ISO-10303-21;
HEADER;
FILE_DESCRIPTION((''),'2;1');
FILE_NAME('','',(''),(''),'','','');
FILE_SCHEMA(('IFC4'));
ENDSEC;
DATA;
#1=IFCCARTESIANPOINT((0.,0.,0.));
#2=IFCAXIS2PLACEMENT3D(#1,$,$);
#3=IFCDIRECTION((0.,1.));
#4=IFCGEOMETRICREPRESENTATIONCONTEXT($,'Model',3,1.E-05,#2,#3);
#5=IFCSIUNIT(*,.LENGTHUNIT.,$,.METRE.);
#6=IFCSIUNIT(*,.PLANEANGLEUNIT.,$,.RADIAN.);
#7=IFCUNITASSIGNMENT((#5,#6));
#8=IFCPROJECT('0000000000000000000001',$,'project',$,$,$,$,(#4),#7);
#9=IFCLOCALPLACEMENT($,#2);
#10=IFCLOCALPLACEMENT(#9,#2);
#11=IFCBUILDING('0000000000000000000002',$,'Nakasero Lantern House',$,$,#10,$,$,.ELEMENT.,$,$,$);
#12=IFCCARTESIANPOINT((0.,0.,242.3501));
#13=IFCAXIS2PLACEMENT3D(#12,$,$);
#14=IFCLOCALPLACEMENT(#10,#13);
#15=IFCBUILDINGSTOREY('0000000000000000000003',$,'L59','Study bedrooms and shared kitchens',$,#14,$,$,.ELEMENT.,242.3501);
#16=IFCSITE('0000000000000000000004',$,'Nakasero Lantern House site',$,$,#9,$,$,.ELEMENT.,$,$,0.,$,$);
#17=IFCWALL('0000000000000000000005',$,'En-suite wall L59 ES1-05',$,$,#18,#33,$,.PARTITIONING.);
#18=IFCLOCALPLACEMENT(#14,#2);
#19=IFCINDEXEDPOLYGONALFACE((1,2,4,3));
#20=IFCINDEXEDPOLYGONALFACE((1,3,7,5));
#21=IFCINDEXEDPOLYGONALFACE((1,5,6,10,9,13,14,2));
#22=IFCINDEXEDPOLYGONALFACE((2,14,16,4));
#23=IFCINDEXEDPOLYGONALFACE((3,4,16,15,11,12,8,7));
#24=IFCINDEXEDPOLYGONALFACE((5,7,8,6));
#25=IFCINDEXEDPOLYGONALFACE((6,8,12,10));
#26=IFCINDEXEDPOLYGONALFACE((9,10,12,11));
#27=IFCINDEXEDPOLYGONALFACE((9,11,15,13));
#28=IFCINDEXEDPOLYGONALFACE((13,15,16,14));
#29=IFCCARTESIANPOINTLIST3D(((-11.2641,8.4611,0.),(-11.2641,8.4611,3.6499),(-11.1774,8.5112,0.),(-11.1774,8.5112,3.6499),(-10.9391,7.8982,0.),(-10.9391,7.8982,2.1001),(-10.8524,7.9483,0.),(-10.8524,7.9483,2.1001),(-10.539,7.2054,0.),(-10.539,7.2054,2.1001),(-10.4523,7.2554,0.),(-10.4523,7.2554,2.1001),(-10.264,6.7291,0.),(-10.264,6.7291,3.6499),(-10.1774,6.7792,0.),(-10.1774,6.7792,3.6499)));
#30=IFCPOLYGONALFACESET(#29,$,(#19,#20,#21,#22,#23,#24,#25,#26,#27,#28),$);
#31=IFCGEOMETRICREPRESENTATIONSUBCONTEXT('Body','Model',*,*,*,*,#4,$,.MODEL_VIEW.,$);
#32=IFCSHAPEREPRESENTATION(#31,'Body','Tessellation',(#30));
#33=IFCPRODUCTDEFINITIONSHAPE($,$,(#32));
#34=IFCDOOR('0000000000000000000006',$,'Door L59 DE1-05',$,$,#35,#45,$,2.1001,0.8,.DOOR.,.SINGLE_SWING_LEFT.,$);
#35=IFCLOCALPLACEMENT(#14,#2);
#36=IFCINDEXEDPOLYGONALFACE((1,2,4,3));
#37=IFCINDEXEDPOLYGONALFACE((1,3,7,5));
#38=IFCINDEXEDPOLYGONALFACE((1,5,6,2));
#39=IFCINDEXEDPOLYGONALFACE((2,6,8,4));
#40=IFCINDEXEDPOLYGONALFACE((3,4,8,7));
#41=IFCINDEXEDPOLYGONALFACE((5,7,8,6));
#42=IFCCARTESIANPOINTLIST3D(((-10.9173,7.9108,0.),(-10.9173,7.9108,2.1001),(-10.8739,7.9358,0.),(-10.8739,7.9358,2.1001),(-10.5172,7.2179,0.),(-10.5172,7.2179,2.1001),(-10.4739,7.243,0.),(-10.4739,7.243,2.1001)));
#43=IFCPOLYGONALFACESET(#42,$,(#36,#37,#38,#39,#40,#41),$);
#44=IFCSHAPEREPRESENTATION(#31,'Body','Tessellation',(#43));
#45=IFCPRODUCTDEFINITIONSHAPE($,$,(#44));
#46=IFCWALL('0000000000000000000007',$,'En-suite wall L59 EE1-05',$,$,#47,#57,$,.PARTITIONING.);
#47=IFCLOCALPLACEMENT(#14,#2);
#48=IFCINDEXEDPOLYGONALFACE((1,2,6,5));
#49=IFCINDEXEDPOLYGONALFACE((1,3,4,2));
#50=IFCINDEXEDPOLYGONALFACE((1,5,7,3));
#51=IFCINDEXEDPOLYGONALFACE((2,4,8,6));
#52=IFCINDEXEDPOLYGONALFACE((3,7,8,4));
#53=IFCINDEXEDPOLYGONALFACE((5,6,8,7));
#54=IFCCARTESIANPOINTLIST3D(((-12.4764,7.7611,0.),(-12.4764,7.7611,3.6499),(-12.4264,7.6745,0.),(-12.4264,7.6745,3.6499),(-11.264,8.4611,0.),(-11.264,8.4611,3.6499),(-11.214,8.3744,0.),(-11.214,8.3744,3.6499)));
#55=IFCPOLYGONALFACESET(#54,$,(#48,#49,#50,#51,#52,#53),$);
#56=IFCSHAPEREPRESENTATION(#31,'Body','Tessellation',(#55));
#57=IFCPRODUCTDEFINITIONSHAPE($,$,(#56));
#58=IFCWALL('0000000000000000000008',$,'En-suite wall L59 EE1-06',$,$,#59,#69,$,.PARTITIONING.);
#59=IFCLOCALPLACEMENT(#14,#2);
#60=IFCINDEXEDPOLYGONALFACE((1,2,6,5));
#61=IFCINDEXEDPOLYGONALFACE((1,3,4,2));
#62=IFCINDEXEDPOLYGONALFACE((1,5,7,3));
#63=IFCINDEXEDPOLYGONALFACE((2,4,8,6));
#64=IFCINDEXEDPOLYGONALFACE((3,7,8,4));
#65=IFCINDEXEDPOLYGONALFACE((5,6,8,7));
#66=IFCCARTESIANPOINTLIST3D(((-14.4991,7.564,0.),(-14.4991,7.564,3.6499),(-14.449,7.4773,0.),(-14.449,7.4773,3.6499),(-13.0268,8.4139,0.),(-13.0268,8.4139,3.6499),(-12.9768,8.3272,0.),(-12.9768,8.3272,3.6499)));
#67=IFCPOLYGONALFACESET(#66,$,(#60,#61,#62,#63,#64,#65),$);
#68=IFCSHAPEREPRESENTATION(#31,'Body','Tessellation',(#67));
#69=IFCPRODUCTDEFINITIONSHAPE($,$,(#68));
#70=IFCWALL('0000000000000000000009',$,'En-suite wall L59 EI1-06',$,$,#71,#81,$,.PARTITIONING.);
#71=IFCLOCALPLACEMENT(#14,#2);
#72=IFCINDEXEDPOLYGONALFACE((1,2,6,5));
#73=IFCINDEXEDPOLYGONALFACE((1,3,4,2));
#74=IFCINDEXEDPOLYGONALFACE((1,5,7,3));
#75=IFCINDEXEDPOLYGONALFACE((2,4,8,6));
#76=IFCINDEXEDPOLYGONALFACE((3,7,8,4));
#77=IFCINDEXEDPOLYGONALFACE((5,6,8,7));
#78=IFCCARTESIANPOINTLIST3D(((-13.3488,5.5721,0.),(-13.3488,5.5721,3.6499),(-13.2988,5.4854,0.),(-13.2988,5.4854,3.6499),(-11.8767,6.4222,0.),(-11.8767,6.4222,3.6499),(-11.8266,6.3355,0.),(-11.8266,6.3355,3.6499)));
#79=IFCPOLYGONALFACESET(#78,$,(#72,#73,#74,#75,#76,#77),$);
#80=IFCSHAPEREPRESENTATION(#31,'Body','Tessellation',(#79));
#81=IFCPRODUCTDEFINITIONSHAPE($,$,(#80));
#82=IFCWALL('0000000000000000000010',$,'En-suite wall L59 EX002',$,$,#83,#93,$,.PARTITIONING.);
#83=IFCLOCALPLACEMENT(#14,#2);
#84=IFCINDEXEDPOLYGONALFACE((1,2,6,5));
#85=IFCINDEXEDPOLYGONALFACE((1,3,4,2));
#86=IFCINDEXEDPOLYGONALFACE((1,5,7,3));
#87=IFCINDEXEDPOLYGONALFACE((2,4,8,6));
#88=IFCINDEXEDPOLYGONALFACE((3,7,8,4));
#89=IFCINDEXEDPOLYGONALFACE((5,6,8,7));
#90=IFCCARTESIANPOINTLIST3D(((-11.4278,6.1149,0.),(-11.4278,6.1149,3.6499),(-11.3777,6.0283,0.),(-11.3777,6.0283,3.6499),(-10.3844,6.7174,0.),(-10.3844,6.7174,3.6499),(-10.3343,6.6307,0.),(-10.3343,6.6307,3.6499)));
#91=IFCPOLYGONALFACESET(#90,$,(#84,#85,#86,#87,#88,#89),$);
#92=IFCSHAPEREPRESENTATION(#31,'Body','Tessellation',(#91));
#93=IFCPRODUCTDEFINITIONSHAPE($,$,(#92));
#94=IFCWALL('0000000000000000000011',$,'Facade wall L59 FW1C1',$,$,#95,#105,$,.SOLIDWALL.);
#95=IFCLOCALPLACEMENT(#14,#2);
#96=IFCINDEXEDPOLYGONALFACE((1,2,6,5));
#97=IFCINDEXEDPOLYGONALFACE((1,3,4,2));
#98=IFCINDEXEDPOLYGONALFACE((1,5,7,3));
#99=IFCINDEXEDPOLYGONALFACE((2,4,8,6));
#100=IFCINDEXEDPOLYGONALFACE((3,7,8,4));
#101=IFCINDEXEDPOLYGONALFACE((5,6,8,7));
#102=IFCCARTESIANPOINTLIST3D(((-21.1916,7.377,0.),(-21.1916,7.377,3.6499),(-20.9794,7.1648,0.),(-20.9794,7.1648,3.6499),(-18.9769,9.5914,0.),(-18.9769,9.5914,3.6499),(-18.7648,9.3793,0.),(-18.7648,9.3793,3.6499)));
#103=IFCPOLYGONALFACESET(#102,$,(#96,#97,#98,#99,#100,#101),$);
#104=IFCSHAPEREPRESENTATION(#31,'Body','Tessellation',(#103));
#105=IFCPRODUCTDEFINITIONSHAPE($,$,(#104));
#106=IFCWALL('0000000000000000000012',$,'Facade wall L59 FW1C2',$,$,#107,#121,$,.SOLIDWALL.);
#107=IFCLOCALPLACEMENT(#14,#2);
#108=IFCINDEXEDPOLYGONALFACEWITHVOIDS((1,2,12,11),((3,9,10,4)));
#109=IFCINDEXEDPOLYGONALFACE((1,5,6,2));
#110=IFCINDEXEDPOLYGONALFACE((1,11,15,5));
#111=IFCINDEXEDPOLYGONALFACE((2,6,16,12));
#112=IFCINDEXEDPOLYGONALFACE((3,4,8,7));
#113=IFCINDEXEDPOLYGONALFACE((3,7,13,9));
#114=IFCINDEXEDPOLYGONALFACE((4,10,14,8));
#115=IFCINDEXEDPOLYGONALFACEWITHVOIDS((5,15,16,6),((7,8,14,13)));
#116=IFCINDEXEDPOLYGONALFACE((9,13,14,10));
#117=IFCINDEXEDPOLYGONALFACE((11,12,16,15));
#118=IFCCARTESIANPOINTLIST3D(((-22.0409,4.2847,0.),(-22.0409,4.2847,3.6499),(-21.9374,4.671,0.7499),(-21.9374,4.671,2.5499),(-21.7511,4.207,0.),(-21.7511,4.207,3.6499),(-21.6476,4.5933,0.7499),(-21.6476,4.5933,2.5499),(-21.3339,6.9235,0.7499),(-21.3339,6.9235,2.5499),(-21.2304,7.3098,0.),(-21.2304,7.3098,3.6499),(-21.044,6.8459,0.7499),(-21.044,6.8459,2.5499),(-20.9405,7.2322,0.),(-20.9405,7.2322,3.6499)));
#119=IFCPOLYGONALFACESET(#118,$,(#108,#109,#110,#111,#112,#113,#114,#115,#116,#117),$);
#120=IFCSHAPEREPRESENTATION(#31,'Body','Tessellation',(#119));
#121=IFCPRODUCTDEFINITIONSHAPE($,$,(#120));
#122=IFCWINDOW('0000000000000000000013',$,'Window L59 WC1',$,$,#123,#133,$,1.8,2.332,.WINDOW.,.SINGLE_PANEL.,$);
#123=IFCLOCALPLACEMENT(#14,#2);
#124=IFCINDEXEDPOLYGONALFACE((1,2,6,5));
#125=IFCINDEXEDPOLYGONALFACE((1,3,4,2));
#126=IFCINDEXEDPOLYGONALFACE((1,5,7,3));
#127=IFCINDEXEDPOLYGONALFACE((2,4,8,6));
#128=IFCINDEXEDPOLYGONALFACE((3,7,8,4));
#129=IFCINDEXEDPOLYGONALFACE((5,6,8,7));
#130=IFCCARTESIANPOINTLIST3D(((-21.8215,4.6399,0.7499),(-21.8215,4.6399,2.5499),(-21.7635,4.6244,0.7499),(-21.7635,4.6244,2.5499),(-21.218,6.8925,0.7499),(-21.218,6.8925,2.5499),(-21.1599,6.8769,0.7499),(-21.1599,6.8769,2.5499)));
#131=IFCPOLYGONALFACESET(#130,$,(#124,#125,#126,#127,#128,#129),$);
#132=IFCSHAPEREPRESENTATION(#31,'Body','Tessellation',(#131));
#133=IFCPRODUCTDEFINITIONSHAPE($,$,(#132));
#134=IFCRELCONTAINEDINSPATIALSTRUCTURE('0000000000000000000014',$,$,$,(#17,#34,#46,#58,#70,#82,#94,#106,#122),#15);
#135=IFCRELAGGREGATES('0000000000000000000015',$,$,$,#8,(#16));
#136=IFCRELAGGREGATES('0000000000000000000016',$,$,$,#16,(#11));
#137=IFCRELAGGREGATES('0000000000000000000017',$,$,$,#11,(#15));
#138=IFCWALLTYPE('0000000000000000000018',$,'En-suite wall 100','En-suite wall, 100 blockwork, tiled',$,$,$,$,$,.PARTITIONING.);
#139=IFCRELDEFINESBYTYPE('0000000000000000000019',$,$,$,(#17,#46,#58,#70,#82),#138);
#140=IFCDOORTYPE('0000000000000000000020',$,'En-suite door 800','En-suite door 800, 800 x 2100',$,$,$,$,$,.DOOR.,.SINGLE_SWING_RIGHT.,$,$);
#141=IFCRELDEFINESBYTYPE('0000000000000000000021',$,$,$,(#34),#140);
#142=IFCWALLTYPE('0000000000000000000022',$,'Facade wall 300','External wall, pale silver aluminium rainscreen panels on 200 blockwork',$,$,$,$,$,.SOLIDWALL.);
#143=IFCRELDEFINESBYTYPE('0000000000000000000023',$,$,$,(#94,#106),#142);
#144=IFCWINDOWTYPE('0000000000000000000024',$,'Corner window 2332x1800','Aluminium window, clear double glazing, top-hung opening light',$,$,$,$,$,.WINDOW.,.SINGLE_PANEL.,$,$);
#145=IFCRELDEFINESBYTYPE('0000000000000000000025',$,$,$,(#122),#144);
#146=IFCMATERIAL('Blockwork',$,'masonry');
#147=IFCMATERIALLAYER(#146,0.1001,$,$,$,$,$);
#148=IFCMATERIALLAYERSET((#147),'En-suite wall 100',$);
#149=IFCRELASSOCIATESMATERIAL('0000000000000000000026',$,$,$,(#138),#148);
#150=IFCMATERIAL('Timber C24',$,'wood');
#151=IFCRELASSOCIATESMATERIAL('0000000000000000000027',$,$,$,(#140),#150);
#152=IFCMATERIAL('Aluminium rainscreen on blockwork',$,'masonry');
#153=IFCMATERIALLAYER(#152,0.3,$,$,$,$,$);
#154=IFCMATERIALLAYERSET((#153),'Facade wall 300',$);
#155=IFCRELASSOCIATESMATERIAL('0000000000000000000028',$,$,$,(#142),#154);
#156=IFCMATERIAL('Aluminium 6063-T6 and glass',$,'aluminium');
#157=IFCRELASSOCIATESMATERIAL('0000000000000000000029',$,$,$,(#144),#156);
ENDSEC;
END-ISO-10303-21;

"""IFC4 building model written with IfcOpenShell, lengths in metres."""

from ifc_helpers import new_model, si_unit, direction, frame, frame_2d, origin, place, context, subcontext, project, spatial, rectangle, extrude, material, layer, layer_set, type_object, element, fill, save


model = new_model("IFC4")

# Units and contexts
model_context = context("Model", 3, precision=1e-05, world=origin(), true_north=direction((0.0, 1.0)))
body_context = subcontext(model_context, "Body", "Model", "MODEL_VIEW")
ifc_project = project(units=[si_unit("LENGTHUNIT", "METRE"), si_unit("PLANEANGLEUNIT", "RADIAN")], contexts=[model_context])

# Site, building, storey
site_placement = place(None, origin())
site = spatial("IfcSite", under=ifc_project, at=site_placement, Name="Nakasero Lantern House site", CompositionType="ELEMENT", RefElevation=0.0)
building_placement = place(site_placement, origin())
building = spatial("IfcBuilding", under=site, at=building_placement, Name="Nakasero Lantern House", CompositionType="ELEMENT")
storey_placement = place(building_placement, frame((0.0, 0.0, 242.3501)))
storey = spatial("IfcBuildingStorey", under=building, at=storey_placement, Name="L59", Description="Study bedrooms and shared kitchens", CompositionType="ELEMENT", Elevation=242.3501)

# Wall, opening, door
ifc_material_1 = material(Name="Blockwork", Category="masonry")
ifc_layer_1 = layer(ifc_material_1, 0.1001)
ifc_layer_set_1 = layer_set([ifc_layer_1], Name="En-suite wall 100")
wall_type_1 = type_object("IfcWallType", Name="En-suite wall 100", Description="En-suite wall, 100 blockwork, tiled", PredefinedType="PARTITIONING", material=ifc_layer_set_1)
wall_1_placement = place(storey_placement, frame((-10.2207, 6.7542, 0.0), z_axis=(0.0, 0.0, 1.0), x_axis=(-0.500025, 0.866011, 0.0)))
wall_1 = element("IfcWall", 1, at=wall_1_placement, inside=storey, type_object=wall_type_1, Name="En-suite wall L59 ES1-05", PredefinedType="PARTITIONING", context=body_context, shape_type="SweptSolid", body=[
    extrude(rectangle(XDim=2.0, YDim=0.1001, at=frame_2d((1.0, 0.0))), origin(), (0.0, 0.0, 1.0), 3.6499),
])
opening_1_placement = place(wall_1_placement, frame((0.55, 0.0, 0.0)))
opening_1 = element("IfcOpeningElement", 2, at=opening_1_placement, cuts=wall_1, PredefinedType="OPENING", context=body_context, shape_type="SweptSolid", body=[
    extrude(rectangle(XDim=0.8, YDim=2.1001, at=frame_2d((0.3999, 1.05))), frame((0.0, 0.0701, 0.0), z_axis=(0.0, -1.0, 0.0), x_axis=(1.0, 0.0, 0.0)), (0.0, 0.0, 1.0), 0.1401),
])
ifc_material_2 = material(Name="Timber C24", Category="wood")
door_type_1 = type_object("IfcDoorType", Name="En-suite door 800", Description="En-suite door 800, 800 x 2100", OperationType="SINGLE_SWING_RIGHT", PredefinedType="DOOR", material=ifc_material_2)
door_1_placement = place(opening_1_placement, origin())
door_1 = element("IfcDoor", 3, at=door_1_placement, inside=storey, type_object=door_type_1, Name="Door L59 DE1-05", OperationType="SINGLE_SWING_LEFT", OverallHeight=2.1001, OverallWidth=0.8, PredefinedType="DOOR", context=body_context, shape_type="SweptSolid", body=[
    extrude(rectangle(XDim=0.8, YDim=2.1001, at=frame_2d((0.3999, 1.05))), frame((0.0, 0.0249, 0.0), z_axis=(0.0, -1.0, 0.0), x_axis=(1.0, 0.0, 0.0)), (0.0, 0.0, 1.0), 0.05),
])
fill(opening_1, door_1)

# Walls
wall_2_placement = place(storey_placement, frame((-11.239, 8.4177, 0.0), z_axis=(0.0, 0.0, 1.0), x_axis=(-0.866035, -0.499984, 0.0)))
element("IfcWall", 4, at=wall_2_placement, inside=storey, type_object=wall_type_1, Name="En-suite wall L59 EE1-05", PredefinedType="PARTITIONING", context=body_context, shape_type="SweptSolid", body=[
    extrude(rectangle(XDim=1.3999, YDim=0.1001, at=frame_2d((0.7, 0.0))), origin(), (0.0, 0.0, 1.0), 3.6499),
])
for number, where, z_axis, x_axis, name in (
    (5, (-13.0017, 8.3706, 0.0), (0.0, 0.0, 1.0), (-0.866052, -0.499955, 0.0), "En-suite wall L59 EE1-06"),
    (6, (-11.8516, 6.3789, 0.0), (0.0, 0.0, 1.0), (-0.865989, -0.500062, 0.0), "En-suite wall L59 EI1-06"),
):
    element("IfcWall", number, at=place(storey_placement, frame(where, z_axis=z_axis, x_axis=x_axis)), inside=storey, type_object=wall_type_1, Name=name, PredefinedType="PARTITIONING", context=body_context, shape_type="SweptSolid", body=[
        extrude(rectangle(XDim=1.7, YDim=0.1001, at=frame_2d((0.8501, 0.0))), origin(), (0.0, 0.0, 1.0), 3.6499),
    ])
wall_3_placement = place(storey_placement, frame((-11.4028, 6.0715, 0.0), z_axis=(0.0, 0.0, 1.0), x_axis=(0.86599, 0.500062, 0.0)))
element("IfcWall", 7, at=wall_3_placement, inside=storey, type_object=wall_type_1, Name="En-suite wall L59 EX002", PredefinedType="PARTITIONING", context=body_context, shape_type="SweptSolid", body=[
    extrude(rectangle(XDim=1.2048, YDim=0.1001, at=frame_2d((0.6025, 0.0))), origin(), (0.0, 0.0, 1.0), 3.6499),
])
ifc_material_3 = material(Name="Aluminium rainscreen on blockwork", Category="masonry")
ifc_layer_2 = layer(ifc_material_3, 0.3)
ifc_layer_set_2 = layer_set([ifc_layer_2], Name="Facade wall 300")
wall_type_2 = type_object("IfcWallType", Name="Facade wall 300", Description="External wall, pale silver aluminium rainscreen panels on 200 blockwork", PredefinedType="SOLIDWALL", material=ifc_layer_set_2)
wall_4_placement = place(storey_placement, frame((-18.8708, 9.4854, 0.0), z_axis=(0.0, 0.0, 1.0), x_axis=(-0.707146, -0.707068, 0.0)))
element("IfcWall", 8, at=wall_4_placement, inside=storey, type_object=wall_type_2, Name="Facade wall L59 FW1C1", PredefinedType="SOLIDWALL", context=body_context, shape_type="SweptSolid", body=[
    extrude(rectangle(XDim=3.1318, YDim=0.3, at=frame_2d((1.5659, 0.0))), origin(), (0.0, 0.0, 1.0), 3.6499),
])

# Wall, opening, window
wall_5_placement = place(storey_placement, frame((-21.0854, 7.271, 0.0), z_axis=(0.0, 0.0, 1.0), x_axis=(-0.258808, -0.965929, 0.0)))
wall_5 = element("IfcWall", 9, at=wall_5_placement, inside=storey, type_object=wall_type_2, Name="Facade wall L59 FW1C2", PredefinedType="SOLIDWALL", context=body_context, shape_type="SweptSolid", body=[
    extrude(rectangle(XDim=3.1318, YDim=0.3, at=frame_2d((1.5659, 0.0))), origin(), (0.0, 0.0, 1.0), 3.6499),
])
opening_2_placement = place(wall_5_placement, frame((0.3999, 0.0, 0.75)))
opening_2 = element("IfcOpeningElement", 10, at=opening_2_placement, cuts=wall_5, PredefinedType="OPENING", context=body_context, shape_type="SweptSolid", body=[
    extrude(rectangle(XDim=2.332, YDim=1.8, at=frame_2d((1.166, 0.8999))), frame((0.0, 0.1699, 0.0), z_axis=(0.0, -1.0, 0.0), x_axis=(1.0, 0.0, 0.0)), (0.0, 0.0, 1.0), 0.3401),
])
ifc_material_4 = material(Name="Aluminium 6063-T6 and glass", Category="aluminium")
window_type = type_object("IfcWindowType", Name="Corner window 2332x1800", Description="Aluminium window, clear double glazing, top-hung opening light", PartitioningType="SINGLE_PANEL", PredefinedType="WINDOW", material=ifc_material_4)
window_placement = place(opening_2_placement, origin())
window = element("IfcWindow", 11, at=window_placement, inside=storey, type_object=window_type, Name="Window L59 WC1", OverallHeight=1.8, OverallWidth=2.332, PartitioningType="SINGLE_PANEL", PredefinedType="WINDOW", context=body_context, shape_type="SweptSolid", body=[
    extrude(rectangle(XDim=2.332, YDim=1.8, at=frame_2d((1.166, 0.8999))), frame((0.0, 0.03, 0.0), z_axis=(0.0, -1.0, 0.0), x_axis=(1.0, 0.0, 0.0)), (0.0, 0.0, 1.0), 0.0601),
])
fill(opening_2, window)

save(model, "model.ifc")
